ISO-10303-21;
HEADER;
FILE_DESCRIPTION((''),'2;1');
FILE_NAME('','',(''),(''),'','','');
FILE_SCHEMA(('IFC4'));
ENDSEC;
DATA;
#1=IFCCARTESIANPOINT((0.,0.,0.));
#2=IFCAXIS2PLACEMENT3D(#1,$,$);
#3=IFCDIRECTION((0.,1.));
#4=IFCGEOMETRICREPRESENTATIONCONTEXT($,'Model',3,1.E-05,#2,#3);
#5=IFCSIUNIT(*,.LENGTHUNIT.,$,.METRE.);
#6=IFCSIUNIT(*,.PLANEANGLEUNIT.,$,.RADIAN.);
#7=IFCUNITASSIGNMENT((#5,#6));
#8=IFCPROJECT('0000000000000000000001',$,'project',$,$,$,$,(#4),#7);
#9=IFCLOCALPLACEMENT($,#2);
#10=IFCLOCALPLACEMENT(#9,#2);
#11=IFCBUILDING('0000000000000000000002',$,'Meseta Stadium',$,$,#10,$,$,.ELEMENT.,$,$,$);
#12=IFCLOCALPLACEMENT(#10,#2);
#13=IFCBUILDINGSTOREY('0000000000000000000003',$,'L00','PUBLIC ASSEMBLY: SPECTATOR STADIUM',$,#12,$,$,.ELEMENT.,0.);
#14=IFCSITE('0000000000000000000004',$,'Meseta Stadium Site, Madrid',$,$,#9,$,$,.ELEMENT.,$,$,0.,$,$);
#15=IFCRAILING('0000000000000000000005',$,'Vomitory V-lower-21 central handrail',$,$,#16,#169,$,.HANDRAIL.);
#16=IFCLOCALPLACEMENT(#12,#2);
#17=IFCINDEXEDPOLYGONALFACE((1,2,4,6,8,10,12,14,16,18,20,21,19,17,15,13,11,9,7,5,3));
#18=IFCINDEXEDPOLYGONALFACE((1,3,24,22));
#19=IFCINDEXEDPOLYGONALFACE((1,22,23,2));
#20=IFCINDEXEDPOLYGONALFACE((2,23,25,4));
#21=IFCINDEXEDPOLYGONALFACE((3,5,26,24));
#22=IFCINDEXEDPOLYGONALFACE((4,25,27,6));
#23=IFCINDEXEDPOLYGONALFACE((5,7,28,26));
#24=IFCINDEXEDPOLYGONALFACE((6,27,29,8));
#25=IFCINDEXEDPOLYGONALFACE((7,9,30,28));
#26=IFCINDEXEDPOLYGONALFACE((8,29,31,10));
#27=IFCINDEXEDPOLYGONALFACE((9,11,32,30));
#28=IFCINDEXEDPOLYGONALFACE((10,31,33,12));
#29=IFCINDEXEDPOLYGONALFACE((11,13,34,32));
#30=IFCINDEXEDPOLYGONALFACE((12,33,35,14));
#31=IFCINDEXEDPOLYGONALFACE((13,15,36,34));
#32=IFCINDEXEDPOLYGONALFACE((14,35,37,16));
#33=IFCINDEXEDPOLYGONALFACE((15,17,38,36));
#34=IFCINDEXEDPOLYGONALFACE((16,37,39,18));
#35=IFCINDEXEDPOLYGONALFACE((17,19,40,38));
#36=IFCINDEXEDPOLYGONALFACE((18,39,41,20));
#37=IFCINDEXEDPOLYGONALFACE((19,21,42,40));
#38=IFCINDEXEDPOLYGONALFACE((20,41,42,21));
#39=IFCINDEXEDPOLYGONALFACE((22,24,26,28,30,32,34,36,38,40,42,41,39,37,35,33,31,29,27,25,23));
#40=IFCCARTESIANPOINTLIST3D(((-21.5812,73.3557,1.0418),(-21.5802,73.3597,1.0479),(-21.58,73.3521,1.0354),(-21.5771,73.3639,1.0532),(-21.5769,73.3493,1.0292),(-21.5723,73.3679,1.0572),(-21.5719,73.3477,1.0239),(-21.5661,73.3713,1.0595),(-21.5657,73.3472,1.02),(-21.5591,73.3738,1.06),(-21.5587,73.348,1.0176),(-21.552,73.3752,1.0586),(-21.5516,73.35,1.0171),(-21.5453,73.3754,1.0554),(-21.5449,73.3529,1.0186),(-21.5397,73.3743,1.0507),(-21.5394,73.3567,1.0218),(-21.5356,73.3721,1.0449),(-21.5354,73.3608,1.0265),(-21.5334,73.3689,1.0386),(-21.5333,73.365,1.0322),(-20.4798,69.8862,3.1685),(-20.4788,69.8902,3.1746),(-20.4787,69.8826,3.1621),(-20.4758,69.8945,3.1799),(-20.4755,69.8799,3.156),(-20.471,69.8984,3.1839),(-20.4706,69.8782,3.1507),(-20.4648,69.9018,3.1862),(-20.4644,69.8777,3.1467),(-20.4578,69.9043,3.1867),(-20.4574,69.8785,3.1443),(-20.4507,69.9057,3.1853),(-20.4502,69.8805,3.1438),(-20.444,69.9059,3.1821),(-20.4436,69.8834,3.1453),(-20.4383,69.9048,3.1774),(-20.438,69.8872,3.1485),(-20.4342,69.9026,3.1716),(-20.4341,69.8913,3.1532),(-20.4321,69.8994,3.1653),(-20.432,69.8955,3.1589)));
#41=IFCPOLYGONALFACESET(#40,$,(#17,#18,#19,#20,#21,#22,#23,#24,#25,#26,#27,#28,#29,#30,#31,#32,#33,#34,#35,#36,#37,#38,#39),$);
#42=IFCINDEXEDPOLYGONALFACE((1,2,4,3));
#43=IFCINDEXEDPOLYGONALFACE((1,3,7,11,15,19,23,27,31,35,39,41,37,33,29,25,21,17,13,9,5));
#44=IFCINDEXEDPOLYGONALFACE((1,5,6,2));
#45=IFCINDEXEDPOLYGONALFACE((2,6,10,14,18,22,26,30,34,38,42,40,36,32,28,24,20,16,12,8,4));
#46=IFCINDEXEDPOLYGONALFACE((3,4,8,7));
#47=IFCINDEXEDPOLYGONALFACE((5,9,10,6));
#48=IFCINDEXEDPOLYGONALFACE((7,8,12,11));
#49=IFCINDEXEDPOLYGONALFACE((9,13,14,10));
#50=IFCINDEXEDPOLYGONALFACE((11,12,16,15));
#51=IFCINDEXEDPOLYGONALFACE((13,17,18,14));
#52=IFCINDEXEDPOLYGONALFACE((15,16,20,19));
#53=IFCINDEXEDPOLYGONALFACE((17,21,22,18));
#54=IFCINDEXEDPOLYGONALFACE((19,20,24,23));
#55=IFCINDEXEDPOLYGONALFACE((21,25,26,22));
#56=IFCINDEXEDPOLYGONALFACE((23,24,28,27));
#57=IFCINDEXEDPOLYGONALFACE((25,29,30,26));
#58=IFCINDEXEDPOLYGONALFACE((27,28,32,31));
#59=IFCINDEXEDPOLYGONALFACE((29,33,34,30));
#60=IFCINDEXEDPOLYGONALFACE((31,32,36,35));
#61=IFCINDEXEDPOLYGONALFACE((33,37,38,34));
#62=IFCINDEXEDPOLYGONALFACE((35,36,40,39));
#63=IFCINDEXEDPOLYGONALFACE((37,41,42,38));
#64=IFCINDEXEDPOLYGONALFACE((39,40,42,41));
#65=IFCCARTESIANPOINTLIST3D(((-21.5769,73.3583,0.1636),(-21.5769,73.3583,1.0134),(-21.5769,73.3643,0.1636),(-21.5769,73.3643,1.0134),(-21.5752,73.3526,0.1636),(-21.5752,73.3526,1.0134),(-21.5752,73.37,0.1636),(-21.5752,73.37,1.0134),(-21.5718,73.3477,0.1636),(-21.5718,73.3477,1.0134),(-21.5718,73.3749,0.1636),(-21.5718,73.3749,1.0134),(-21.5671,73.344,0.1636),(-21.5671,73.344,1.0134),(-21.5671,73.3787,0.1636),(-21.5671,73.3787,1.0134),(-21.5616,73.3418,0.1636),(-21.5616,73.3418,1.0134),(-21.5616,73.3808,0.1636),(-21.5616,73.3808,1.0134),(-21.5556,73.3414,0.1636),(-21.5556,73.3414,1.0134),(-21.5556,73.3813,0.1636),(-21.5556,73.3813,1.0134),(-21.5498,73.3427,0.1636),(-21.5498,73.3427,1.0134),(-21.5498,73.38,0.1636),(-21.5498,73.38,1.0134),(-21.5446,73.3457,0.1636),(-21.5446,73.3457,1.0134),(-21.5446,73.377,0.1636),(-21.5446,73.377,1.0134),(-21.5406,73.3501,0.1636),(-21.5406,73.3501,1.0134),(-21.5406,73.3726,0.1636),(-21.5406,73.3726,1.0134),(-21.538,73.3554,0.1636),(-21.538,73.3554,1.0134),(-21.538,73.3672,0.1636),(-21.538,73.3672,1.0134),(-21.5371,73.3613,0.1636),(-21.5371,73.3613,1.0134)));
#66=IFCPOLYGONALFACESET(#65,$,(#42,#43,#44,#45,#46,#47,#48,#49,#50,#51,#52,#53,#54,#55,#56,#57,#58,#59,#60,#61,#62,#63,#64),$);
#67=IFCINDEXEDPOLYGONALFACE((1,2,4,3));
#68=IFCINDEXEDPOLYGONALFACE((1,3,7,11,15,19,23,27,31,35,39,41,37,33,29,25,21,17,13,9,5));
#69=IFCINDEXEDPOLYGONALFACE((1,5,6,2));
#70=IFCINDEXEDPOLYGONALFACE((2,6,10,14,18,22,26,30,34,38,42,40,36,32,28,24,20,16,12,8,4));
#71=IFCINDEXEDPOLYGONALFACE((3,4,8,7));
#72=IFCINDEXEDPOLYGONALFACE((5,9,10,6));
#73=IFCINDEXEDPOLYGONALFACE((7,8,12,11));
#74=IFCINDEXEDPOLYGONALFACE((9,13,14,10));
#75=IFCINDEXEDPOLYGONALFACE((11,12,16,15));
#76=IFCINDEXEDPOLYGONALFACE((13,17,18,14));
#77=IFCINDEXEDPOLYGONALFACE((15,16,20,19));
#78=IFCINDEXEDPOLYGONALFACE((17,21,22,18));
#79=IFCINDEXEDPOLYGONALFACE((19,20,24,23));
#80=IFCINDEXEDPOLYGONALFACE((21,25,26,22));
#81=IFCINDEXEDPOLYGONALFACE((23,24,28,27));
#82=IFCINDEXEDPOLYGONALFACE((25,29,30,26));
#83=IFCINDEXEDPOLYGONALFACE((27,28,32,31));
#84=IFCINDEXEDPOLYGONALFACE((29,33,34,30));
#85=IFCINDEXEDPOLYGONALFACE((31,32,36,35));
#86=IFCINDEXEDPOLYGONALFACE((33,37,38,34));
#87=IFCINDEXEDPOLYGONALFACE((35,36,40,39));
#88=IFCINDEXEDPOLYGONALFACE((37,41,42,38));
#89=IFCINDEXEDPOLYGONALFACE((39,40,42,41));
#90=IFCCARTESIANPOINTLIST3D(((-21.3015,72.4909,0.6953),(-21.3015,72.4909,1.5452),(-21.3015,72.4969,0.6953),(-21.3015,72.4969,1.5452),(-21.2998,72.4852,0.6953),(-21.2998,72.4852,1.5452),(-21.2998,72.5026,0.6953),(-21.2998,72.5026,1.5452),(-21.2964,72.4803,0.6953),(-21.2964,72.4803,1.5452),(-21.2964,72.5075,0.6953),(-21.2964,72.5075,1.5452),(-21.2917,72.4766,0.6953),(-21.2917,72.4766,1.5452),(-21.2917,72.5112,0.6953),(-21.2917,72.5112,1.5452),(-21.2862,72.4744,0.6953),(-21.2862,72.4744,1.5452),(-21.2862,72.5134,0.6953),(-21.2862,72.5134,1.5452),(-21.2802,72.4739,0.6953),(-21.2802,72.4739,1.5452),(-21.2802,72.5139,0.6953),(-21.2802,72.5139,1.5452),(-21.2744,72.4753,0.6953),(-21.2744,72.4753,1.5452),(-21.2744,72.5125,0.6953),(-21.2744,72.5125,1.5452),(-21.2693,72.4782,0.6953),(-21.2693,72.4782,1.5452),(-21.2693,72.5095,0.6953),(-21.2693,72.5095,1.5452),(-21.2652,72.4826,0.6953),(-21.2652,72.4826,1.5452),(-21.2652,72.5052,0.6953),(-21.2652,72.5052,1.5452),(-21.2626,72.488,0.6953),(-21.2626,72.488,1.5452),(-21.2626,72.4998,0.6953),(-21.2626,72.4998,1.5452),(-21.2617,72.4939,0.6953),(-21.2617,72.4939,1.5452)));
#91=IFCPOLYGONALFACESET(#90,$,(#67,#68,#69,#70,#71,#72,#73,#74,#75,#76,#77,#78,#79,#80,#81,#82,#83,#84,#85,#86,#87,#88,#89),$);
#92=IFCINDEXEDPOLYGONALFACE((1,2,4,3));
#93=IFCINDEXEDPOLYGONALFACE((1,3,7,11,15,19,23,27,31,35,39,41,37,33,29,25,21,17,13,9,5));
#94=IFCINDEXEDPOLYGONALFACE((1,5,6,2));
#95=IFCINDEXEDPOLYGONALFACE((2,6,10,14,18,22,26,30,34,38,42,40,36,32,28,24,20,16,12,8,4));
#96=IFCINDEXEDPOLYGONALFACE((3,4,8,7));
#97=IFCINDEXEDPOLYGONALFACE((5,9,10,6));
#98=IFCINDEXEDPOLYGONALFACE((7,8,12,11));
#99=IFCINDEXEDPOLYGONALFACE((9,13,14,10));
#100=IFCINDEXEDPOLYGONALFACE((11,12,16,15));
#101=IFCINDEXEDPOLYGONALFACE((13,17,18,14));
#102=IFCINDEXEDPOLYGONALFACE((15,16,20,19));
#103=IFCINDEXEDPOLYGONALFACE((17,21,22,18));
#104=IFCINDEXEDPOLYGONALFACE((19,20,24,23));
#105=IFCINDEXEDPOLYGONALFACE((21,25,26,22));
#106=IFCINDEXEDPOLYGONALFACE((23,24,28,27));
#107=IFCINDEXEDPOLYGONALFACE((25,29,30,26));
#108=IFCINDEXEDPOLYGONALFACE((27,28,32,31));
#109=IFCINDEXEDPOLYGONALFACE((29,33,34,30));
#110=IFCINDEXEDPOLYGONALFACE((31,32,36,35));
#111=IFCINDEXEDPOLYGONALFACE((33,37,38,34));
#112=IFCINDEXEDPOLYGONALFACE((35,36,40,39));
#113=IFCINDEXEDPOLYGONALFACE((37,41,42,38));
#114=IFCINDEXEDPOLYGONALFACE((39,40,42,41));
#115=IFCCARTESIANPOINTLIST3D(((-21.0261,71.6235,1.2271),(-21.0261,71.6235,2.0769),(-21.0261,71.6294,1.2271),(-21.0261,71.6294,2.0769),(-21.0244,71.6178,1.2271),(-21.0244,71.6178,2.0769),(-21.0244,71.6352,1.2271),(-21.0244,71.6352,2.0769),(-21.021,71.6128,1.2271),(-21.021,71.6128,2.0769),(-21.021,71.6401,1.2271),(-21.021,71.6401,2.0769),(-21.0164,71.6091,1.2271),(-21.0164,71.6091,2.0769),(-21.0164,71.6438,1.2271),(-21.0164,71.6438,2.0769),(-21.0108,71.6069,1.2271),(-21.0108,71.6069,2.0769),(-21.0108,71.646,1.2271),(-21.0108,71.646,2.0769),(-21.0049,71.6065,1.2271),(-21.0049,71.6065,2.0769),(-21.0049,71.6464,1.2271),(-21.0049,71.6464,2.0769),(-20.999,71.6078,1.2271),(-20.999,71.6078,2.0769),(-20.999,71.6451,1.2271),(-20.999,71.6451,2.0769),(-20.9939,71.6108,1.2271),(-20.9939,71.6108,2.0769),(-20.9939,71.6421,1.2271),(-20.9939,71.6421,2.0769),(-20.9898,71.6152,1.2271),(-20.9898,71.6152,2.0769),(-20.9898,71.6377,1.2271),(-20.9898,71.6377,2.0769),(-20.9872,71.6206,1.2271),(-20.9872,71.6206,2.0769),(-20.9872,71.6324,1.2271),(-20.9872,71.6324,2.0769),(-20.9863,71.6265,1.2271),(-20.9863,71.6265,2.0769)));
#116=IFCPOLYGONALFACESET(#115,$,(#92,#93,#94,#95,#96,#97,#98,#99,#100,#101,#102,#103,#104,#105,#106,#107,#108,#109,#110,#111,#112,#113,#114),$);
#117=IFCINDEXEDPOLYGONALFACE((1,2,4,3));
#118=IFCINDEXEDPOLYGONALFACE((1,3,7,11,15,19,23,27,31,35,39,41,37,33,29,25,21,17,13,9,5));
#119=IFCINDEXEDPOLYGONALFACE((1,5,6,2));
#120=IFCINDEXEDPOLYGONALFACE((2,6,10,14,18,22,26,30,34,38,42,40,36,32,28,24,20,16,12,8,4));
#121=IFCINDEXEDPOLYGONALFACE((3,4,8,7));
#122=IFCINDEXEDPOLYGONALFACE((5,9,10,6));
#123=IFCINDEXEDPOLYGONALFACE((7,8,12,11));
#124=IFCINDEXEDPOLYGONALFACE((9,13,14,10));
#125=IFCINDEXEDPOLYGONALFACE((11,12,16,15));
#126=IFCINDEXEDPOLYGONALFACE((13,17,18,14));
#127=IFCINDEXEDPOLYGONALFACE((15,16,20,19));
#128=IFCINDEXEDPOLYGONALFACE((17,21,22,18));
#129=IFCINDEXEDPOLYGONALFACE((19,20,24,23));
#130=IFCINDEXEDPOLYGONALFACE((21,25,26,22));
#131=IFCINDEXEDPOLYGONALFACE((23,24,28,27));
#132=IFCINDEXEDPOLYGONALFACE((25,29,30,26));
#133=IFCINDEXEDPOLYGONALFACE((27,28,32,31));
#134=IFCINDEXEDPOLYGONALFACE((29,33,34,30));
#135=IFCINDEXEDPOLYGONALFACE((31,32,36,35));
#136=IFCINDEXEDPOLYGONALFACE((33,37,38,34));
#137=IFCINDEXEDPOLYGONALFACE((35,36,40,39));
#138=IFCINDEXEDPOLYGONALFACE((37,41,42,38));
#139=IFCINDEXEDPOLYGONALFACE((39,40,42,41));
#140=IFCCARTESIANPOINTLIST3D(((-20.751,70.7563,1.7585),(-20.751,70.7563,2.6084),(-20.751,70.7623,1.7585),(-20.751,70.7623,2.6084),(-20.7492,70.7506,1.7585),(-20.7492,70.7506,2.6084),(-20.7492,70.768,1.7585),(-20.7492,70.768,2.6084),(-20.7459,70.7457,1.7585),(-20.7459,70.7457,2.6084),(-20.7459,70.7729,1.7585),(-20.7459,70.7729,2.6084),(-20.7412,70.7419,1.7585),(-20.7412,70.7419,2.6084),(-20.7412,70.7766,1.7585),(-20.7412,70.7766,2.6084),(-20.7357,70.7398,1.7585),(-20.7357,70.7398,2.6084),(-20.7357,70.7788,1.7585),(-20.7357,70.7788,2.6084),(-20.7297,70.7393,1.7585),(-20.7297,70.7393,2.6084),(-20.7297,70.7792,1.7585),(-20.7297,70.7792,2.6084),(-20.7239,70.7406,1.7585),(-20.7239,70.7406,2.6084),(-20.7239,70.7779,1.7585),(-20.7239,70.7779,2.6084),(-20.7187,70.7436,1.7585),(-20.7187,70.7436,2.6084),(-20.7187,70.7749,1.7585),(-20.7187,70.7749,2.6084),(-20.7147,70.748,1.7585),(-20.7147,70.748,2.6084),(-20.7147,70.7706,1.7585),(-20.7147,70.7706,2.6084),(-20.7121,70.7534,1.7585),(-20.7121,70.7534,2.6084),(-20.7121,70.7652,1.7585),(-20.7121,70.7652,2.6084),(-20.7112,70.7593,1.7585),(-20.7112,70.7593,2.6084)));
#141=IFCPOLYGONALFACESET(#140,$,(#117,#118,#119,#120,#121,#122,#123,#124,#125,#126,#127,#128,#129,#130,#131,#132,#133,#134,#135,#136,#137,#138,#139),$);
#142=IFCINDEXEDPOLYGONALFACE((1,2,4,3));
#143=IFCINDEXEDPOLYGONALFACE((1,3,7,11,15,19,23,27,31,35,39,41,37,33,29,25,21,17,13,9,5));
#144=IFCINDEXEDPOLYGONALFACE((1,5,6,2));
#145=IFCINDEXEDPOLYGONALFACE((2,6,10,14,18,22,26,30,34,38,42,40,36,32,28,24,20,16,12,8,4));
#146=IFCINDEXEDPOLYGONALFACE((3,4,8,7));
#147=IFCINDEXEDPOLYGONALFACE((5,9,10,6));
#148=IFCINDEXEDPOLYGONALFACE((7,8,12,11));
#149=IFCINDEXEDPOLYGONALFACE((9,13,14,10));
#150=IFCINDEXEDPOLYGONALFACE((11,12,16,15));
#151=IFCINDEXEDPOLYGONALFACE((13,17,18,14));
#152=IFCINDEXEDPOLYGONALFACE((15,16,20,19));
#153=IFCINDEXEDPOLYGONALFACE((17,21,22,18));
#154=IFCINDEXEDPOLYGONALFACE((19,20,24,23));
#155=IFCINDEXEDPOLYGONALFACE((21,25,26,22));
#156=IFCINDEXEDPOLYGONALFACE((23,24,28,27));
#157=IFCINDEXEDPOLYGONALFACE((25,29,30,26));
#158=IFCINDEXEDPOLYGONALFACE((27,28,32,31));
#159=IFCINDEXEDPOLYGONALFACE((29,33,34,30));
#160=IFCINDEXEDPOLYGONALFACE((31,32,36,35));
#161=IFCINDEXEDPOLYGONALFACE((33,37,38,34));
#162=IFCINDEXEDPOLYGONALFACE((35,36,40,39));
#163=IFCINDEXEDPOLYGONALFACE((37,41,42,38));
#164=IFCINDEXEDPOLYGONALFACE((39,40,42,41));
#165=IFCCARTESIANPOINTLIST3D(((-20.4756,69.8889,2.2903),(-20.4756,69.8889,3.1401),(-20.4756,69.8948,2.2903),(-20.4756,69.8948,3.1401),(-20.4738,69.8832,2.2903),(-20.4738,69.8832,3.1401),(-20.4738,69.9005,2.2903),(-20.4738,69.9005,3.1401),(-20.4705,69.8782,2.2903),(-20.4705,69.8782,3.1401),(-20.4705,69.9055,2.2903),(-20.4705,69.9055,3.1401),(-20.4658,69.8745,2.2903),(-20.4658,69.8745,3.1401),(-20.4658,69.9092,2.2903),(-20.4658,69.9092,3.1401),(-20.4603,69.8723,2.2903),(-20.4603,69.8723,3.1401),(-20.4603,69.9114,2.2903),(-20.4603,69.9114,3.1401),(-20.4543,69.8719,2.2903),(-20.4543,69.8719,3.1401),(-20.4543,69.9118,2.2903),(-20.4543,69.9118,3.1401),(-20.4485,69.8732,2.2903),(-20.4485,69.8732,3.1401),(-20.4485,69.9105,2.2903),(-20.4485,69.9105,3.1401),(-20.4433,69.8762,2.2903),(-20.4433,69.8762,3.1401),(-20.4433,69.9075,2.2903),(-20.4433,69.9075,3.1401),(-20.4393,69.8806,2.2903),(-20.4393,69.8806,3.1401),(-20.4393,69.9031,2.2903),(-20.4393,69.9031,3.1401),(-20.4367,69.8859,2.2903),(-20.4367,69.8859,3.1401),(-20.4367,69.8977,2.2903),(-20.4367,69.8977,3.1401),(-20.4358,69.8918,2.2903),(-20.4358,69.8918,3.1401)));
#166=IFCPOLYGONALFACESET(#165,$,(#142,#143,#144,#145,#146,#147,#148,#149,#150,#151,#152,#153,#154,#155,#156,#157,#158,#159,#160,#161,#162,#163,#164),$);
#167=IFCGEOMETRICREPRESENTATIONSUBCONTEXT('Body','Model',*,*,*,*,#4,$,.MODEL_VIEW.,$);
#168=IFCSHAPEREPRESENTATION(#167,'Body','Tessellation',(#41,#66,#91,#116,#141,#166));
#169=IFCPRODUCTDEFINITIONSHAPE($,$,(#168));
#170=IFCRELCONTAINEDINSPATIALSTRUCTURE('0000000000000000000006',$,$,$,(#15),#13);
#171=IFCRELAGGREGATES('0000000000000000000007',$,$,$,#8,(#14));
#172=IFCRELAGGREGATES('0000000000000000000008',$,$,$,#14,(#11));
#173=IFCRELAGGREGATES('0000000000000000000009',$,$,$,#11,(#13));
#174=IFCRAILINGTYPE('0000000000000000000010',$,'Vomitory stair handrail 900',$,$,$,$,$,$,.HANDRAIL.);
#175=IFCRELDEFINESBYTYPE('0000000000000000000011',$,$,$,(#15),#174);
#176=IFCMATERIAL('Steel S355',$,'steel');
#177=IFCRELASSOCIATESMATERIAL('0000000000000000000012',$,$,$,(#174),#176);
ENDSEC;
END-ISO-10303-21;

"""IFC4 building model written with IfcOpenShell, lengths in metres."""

from ifc_helpers import new_model, si_unit, direction, frame, origin, origin_2d, place, context, subcontext, project, spatial, circle, extrude, material, type_object, element, save


model = new_model("IFC4")

# Units and contexts
model_context = context("Model", 3, precision=1e-05, world=origin(), true_north=direction((0.0, 1.0)))
body_context = subcontext(model_context, "Body", "Model", "MODEL_VIEW")
ifc_project = project(units=[si_unit("LENGTHUNIT", "METRE"), si_unit("PLANEANGLEUNIT", "RADIAN")], contexts=[model_context])

# Site, building, storey
site_placement = place(None, origin())
site = spatial("IfcSite", under=ifc_project, at=site_placement, Name="Meseta Stadium Site, Madrid", CompositionType="ELEMENT", RefElevation=0.0)
building_placement = place(site_placement, origin())
building = spatial("IfcBuilding", under=site, at=building_placement, Name="Meseta Stadium", CompositionType="ELEMENT")
storey_placement = place(building_placement, origin())
storey = spatial("IfcBuildingStorey", under=building, at=storey_placement, Name="L00", Description="PUBLIC ASSEMBLY: SPECTATOR STADIUM", CompositionType="ELEMENT", Elevation=0.0)

# Railing
ifc_material_1 = material(Name="Steel S355", Category="steel")
railing_type_1 = type_object("IfcRailingType", Name="Vomitory stair handrail 900", PredefinedType="HANDRAIL", material=ifc_material_1)
railing_1_placement = place(storey_placement, frame((-21.5571, 73.3613, 0.1636)))
element("IfcRailing", 1, at=railing_1_placement, inside=storey, type_object=railing_type_1, Name="Vomitory V-lower-21 central handrail", PredefinedType="HANDRAIL", context=body_context, shape_type="SweptSolid", body=[
    extrude(circle(Radius=0.0249, at=origin_2d()), frame((0.0, 0.0, 0.875), z_axis=(0.261235, -0.822968, 0.50446), x_axis=(0.953133, 0.302553, 0.0)), (0.0, 0.0, 1.0), 4.2158),
    extrude(circle(Radius=0.02, at=origin_2d()), origin(), (0.0, 0.0, 1.0), 0.8499),
    extrude(circle(Radius=0.02, at=origin_2d()), frame((0.2754, -0.8674, 0.5317)), (0.0, 0.0, 1.0), 0.8499),
    extrude(circle(Radius=0.02, at=origin_2d()), frame((0.5508, -1.7349, 1.0635)), (0.0, 0.0, 1.0), 0.8499),
    extrude(circle(Radius=0.02, at=origin_2d()), frame((0.8259, -2.6021, 1.595)), (0.0, 0.0, 1.0), 0.8499),
    extrude(circle(Radius=0.02, at=origin_2d()), frame((1.1013, -3.4695, 2.1267)), (0.0, 0.0, 1.0), 0.8499),
])

save(model, "model.ifc")
